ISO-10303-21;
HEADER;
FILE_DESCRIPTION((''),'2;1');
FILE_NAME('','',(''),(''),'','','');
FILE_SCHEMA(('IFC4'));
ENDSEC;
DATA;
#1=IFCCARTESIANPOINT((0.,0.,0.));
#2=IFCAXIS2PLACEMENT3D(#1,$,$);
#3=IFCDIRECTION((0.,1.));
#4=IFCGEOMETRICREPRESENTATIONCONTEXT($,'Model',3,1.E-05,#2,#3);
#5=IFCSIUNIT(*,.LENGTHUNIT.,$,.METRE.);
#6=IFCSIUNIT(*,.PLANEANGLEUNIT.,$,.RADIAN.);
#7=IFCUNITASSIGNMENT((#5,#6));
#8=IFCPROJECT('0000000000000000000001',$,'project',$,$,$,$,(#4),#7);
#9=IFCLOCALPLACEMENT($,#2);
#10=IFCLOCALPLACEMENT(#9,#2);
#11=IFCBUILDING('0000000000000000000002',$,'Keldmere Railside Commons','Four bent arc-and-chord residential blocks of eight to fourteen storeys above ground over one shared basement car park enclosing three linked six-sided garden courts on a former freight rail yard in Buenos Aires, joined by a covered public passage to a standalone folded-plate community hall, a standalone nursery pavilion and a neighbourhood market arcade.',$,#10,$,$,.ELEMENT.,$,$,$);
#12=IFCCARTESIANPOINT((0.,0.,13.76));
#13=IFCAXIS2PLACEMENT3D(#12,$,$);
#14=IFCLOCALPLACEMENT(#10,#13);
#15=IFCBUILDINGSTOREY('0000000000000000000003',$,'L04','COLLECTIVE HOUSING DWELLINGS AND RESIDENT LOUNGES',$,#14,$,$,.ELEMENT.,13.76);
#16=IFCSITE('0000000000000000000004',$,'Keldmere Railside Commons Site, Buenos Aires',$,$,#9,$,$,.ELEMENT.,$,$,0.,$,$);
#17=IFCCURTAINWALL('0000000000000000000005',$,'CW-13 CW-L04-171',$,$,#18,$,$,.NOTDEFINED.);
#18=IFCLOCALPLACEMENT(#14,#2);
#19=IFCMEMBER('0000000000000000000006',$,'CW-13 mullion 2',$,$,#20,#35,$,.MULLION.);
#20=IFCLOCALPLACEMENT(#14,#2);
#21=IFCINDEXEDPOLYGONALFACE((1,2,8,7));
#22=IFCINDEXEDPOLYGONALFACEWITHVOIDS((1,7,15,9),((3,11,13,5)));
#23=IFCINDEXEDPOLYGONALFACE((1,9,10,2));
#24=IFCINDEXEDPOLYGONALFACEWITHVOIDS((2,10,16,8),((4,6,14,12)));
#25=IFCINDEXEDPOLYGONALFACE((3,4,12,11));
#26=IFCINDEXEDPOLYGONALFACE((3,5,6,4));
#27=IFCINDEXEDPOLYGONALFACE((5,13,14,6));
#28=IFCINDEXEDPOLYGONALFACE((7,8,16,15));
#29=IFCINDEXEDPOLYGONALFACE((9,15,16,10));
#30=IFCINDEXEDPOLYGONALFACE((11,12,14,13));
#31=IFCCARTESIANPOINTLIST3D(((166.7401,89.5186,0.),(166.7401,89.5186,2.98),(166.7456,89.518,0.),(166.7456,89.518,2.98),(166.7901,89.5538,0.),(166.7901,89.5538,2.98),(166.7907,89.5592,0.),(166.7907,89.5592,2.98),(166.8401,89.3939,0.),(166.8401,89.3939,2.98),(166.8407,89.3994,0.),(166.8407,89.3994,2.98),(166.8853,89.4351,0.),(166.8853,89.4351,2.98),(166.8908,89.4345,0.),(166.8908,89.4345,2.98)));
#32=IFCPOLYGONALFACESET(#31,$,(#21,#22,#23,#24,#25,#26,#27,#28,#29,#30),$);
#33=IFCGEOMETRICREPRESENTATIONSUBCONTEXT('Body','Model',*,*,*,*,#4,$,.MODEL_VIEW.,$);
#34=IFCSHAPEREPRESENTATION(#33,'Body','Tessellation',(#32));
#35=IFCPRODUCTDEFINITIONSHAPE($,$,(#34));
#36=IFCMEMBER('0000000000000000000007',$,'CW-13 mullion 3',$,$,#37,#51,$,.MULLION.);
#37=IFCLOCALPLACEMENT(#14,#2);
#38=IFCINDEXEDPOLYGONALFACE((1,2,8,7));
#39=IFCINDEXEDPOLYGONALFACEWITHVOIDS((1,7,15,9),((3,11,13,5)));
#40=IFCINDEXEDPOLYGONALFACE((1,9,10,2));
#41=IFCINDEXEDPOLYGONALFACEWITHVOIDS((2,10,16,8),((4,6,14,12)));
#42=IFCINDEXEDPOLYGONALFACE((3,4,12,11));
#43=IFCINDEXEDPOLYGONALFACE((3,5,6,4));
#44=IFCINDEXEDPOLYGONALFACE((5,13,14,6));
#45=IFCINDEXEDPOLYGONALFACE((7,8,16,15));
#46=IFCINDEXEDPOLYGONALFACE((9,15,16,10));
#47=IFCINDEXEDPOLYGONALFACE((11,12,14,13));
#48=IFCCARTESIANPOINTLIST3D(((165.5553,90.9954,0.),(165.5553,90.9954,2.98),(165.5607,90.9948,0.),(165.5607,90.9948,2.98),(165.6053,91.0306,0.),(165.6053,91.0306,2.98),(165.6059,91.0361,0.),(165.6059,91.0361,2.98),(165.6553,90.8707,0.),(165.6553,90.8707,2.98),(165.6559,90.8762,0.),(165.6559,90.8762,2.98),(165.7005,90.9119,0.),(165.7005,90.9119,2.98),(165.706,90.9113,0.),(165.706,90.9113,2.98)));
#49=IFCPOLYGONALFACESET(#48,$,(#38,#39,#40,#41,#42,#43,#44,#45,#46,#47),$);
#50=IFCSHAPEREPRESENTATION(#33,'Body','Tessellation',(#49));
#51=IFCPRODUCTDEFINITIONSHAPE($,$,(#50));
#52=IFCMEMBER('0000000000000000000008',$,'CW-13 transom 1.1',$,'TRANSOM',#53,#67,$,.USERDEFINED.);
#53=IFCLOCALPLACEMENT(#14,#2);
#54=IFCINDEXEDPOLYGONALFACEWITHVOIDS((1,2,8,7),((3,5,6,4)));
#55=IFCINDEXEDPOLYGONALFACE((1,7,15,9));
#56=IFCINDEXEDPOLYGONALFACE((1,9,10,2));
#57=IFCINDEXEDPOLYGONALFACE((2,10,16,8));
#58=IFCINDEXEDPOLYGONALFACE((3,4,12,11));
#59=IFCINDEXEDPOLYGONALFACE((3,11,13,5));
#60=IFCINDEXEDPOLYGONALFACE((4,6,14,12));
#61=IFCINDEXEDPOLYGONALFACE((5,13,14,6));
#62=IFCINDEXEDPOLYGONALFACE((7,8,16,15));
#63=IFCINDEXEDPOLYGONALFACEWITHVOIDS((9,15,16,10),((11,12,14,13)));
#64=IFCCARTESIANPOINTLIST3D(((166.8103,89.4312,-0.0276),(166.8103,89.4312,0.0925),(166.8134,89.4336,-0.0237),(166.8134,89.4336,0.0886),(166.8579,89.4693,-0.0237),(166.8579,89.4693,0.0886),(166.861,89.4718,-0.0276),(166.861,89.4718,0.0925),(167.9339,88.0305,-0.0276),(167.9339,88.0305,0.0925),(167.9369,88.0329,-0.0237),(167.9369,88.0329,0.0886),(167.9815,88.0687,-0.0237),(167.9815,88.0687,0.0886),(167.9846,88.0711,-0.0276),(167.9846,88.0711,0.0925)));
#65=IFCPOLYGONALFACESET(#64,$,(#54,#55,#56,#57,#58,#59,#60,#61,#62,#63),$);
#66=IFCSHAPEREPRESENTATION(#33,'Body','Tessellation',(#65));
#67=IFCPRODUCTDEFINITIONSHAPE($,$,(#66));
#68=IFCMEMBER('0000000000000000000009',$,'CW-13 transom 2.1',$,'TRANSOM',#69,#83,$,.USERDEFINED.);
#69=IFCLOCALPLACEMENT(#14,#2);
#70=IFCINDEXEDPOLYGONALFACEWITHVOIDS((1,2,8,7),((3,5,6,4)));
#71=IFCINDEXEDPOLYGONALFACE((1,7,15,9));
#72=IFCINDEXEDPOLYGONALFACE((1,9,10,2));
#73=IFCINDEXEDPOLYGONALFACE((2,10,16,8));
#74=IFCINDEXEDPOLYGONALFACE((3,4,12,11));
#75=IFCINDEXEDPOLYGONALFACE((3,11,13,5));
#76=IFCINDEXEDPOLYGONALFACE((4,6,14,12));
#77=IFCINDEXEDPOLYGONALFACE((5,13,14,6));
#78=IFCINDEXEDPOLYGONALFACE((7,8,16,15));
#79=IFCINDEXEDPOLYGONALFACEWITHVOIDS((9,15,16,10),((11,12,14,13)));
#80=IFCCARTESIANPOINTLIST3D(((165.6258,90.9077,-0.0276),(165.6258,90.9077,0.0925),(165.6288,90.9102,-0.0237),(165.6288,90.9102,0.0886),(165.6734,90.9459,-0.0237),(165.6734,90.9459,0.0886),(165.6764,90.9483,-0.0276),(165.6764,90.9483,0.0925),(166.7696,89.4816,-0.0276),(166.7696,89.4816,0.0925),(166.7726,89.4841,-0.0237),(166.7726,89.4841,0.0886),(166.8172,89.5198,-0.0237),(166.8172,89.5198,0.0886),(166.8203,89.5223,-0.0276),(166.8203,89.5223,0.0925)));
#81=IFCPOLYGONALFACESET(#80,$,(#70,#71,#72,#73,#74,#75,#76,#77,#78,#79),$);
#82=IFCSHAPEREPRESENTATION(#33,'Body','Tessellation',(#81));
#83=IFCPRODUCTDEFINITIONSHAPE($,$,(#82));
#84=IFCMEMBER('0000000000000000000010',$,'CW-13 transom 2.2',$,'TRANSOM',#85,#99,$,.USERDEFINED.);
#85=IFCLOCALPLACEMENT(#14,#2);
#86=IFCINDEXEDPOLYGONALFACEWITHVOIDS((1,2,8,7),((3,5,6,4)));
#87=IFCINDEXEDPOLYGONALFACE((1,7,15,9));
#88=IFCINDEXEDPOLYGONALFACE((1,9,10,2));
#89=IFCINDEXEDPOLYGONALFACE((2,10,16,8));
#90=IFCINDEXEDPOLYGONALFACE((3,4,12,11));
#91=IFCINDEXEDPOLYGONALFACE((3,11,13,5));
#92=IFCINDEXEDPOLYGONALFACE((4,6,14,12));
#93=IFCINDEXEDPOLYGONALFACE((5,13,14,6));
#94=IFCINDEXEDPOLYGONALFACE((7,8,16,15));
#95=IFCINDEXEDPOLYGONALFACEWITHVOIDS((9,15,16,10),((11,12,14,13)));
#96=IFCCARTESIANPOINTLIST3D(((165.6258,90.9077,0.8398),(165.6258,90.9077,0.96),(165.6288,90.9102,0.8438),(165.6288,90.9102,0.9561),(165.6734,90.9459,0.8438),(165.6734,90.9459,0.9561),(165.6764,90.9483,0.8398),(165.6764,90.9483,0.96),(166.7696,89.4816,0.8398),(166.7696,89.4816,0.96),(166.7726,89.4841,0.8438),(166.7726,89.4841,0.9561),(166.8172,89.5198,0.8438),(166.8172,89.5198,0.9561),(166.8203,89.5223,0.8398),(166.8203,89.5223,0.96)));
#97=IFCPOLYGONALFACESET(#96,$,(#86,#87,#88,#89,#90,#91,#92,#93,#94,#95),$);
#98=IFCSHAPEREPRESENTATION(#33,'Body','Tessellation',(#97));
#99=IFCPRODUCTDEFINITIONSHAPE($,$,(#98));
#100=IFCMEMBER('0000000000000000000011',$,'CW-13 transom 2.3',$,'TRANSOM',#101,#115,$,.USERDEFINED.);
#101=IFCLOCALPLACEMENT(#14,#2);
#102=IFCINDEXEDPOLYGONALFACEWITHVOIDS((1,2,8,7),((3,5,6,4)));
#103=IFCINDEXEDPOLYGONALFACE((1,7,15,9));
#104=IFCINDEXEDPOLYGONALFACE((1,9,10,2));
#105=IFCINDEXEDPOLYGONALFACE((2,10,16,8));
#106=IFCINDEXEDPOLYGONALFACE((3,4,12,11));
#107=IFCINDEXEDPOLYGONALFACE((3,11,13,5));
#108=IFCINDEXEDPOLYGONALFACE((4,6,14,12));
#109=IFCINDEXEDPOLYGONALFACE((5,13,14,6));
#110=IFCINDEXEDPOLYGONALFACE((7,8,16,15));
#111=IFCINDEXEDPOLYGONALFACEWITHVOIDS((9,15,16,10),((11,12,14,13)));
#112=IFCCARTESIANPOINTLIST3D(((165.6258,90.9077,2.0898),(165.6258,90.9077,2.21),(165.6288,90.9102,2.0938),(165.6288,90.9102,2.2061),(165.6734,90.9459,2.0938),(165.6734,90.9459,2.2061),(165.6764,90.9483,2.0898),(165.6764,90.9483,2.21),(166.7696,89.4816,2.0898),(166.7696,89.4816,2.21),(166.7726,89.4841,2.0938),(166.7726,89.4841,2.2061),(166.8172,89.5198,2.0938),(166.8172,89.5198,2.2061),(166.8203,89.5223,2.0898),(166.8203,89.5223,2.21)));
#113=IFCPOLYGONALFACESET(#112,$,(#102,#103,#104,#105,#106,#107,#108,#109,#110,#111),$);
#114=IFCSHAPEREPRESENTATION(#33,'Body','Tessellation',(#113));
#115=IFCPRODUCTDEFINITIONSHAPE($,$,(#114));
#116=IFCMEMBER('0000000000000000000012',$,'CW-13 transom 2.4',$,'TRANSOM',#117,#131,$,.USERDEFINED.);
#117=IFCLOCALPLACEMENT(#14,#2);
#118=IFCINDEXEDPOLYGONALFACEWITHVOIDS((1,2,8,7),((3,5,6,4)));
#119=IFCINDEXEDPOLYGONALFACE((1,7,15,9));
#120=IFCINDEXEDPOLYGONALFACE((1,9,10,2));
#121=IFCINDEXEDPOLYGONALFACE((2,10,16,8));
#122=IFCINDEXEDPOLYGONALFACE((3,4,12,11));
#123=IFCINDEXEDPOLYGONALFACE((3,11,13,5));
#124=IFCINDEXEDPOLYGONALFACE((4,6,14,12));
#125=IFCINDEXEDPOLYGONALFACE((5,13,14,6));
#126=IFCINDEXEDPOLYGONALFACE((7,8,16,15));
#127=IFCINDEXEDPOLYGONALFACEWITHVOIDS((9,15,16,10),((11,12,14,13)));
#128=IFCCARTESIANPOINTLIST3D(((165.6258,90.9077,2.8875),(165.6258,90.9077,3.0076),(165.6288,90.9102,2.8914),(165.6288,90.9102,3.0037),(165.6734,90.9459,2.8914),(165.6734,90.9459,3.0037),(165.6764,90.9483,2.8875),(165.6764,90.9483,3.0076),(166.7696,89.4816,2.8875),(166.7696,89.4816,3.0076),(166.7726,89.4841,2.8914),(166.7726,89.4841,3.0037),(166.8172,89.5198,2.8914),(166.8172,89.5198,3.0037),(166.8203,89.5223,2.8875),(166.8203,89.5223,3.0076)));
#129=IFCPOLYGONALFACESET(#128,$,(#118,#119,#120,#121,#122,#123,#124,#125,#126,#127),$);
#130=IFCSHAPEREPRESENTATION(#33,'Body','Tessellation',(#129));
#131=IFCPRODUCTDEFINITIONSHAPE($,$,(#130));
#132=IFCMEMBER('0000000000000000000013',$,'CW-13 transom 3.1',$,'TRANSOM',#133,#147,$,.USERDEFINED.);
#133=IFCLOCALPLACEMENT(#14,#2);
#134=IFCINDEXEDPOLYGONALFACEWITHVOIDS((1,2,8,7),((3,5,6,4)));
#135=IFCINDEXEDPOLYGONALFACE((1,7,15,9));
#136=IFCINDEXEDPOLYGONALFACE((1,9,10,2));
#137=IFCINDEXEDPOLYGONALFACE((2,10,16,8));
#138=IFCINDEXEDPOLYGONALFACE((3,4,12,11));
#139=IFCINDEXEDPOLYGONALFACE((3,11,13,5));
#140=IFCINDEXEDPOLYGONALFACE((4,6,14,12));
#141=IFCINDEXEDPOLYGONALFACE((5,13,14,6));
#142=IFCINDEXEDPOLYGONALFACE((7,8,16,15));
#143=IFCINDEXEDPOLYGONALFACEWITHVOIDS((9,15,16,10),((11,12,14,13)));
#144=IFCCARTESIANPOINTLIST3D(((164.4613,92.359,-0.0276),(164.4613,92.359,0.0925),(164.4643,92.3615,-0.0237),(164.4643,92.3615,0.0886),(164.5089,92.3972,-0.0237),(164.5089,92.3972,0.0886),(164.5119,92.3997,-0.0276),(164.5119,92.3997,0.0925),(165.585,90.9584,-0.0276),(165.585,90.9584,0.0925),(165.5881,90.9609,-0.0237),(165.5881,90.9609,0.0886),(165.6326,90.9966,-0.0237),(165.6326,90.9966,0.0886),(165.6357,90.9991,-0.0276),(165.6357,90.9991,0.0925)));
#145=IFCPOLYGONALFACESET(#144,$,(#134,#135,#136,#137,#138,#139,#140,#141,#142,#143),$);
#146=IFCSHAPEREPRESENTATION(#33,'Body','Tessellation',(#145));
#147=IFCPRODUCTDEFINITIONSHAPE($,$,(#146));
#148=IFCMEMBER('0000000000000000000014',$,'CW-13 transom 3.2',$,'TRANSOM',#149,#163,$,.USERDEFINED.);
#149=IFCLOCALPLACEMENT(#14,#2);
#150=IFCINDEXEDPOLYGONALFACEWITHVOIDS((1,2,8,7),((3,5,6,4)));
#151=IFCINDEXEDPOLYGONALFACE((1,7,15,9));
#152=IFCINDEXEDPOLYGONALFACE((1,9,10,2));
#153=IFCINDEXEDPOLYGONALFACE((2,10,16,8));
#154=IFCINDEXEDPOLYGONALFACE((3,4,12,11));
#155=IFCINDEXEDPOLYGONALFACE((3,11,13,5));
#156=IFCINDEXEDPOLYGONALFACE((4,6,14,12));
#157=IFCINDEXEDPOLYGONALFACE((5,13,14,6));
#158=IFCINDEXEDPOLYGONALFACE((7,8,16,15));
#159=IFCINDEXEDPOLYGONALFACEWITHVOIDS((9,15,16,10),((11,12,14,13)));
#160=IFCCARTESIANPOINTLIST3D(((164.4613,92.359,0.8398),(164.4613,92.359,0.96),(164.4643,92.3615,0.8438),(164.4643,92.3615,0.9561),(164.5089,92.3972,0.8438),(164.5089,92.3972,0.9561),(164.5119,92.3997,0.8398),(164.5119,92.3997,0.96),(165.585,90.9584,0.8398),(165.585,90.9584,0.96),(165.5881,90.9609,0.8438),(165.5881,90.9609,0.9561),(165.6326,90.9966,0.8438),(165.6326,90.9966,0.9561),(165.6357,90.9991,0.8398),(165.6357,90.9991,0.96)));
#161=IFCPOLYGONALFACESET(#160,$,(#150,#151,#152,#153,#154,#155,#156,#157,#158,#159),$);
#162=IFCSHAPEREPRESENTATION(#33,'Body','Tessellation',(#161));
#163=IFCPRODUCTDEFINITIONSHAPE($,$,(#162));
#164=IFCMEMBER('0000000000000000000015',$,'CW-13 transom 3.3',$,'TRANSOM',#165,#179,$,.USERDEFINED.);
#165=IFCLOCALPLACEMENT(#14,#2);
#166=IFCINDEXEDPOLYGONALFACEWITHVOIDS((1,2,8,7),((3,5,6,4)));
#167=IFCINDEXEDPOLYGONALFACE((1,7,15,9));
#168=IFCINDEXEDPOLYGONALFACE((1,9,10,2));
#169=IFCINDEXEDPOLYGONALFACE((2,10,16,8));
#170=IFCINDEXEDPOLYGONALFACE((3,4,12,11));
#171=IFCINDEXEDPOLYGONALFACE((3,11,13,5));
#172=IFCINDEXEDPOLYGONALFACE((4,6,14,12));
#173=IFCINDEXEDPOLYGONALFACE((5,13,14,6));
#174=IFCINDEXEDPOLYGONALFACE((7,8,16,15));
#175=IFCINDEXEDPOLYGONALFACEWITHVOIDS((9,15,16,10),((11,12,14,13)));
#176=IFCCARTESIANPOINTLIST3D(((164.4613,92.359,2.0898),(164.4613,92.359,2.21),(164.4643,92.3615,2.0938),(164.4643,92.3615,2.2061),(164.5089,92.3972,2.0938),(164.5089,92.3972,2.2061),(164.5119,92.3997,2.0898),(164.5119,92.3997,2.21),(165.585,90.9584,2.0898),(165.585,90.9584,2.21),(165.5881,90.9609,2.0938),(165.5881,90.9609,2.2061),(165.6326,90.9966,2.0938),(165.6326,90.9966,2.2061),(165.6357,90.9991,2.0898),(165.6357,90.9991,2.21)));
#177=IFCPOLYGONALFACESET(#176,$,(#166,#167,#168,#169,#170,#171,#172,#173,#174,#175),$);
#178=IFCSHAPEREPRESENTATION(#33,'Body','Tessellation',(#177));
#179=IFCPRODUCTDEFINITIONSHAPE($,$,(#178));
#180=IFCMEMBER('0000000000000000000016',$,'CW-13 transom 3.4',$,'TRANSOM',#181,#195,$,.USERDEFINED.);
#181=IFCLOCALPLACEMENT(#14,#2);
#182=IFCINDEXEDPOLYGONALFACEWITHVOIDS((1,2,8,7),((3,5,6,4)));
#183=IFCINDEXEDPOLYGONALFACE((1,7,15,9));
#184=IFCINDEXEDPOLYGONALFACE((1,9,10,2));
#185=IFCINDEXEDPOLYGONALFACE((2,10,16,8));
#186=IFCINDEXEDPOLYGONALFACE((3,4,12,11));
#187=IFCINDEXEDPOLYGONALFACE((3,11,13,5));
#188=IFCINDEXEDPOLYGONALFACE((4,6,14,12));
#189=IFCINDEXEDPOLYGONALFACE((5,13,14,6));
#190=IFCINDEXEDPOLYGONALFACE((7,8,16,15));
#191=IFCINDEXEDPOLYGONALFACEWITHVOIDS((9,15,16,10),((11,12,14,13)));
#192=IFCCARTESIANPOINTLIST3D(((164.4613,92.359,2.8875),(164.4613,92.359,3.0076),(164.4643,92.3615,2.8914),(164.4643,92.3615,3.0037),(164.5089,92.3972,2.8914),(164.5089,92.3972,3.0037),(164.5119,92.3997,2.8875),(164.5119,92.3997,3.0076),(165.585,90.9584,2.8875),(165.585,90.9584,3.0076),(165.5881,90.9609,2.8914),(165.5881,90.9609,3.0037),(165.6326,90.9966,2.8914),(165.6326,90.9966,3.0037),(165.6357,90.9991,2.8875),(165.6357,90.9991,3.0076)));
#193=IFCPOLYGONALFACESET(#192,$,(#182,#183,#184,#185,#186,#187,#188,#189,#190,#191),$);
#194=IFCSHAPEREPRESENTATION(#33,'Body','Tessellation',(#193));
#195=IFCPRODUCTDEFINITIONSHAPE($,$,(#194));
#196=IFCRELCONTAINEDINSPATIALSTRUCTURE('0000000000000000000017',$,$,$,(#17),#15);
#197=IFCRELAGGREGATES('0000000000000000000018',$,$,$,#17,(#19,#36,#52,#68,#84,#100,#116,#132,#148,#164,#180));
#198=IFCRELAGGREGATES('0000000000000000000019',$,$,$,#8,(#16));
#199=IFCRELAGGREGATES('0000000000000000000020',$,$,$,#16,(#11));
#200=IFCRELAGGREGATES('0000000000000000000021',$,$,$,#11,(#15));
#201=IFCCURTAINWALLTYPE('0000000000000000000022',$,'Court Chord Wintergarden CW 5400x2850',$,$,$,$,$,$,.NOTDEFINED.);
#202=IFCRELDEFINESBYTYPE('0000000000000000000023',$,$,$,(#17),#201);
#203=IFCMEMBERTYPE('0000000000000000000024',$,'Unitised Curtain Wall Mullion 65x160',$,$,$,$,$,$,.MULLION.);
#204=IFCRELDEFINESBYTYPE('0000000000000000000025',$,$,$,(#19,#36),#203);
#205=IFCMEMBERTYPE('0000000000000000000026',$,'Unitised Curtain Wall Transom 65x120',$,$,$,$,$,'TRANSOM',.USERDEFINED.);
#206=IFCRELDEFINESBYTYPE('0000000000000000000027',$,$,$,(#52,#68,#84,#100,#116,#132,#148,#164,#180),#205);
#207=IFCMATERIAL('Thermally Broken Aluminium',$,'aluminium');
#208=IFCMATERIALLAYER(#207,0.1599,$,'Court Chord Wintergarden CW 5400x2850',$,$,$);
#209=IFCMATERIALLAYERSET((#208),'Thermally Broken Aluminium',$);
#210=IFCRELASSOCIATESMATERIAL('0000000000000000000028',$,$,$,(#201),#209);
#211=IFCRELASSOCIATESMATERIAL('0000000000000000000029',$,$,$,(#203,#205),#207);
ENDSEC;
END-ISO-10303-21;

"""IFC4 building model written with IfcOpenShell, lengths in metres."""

from ifc_helpers import new_model, si_unit, direction, frame, origin, origin_2d, place, context, subcontext, project, spatial, hollow_rectangle, extrude, material, layer, layer_set, material_profile, profile_set, type_object, element, aggregate, save


model = new_model("IFC4")

# Units and contexts
model_context = context("Model", 3, precision=1e-05, world=origin(), true_north=direction((0.0, 1.0)))
body_context = subcontext(model_context, "Body", "Model", "MODEL_VIEW")
ifc_project = project(units=[si_unit("LENGTHUNIT", "METRE"), si_unit("PLANEANGLEUNIT", "RADIAN")], contexts=[model_context])

# Site, building, storey
site_placement = place(None, origin())
site = spatial("IfcSite", under=ifc_project, at=site_placement, Name="Keldmere Railside Commons Site, Buenos Aires", CompositionType="ELEMENT", RefElevation=0.0)
building_placement = place(site_placement, origin())
building = spatial("IfcBuilding", under=site, at=building_placement, Name="Keldmere Railside Commons", Description="Four bent arc-and-chord residential blocks of eight to fourteen storeys above ground over one shared basement car park enclosing three linked six-sided garden courts on a former freight rail yard in Buenos Aires, joined by a covered public passage to a standalone folded-plate community hall, a standalone nursery pavilion and a neighbourhood market arcade.", CompositionType="ELEMENT")
storey_placement = place(building_placement, frame((0.0, 0.0, 13.76)))
storey = spatial("IfcBuildingStorey", under=building, at=storey_placement, Name="L04", Description="COLLECTIVE HOUSING DWELLINGS AND RESIDENT LOUNGES", CompositionType="ELEMENT", Elevation=13.76)

# Curtain wall, members
ifc_material_1 = material(Name="Thermally Broken Aluminium", Category="aluminium")
ifc_layer_1 = layer(ifc_material_1, 0.1599, Name="Court Chord Wintergarden CW 5400x2850")
ifc_layer_set_1 = layer_set([ifc_layer_1], Name="Thermally Broken Aluminium")
curtain_wall_type = type_object("IfcCurtainWallType", Name="Court Chord Wintergarden CW 5400x2850", PredefinedType="NOTDEFINED", material=ifc_layer_set_1)
curtain_wall_placement = place(storey_placement, origin())
curtain_wall = element("IfcCurtainWall", 1, at=curtain_wall_placement, inside=storey, type_object=curtain_wall_type, Name="CW-13 CW-L04-171", PredefinedType="NOTDEFINED")
ifc_material_profile_1 = material_profile(ifc_material_1, hollow_rectangle(XDim=0.0649, YDim=0.1599, WallThickness=0.0039, at=origin_2d()), Name="ALU-MULL-65x160")
ifc_profile_set_1 = profile_set([ifc_material_profile_1], Name="Thermally Broken Aluminium")
member_type_1 = type_object("IfcMemberType", Name="Unitised Curtain Wall Mullion 65x160", PredefinedType="MULLION", material=ifc_profile_set_1)
member_1_placement = place(storey_placement, frame((166.8154, 89.4766, 0.0), z_axis=(0.0, 0.0, 1.0), x_axis=(-0.780009, -0.625768, 0.0)))
member_1 = element("IfcMember", 2, at=member_1_placement, type_object=member_type_1, Name="CW-13 mullion 2", PredefinedType="MULLION", context=body_context, shape_type="SweptSolid", body=[
    extrude(hollow_rectangle(XDim=0.0649, YDim=0.1599, WallThickness=0.0039, at=origin_2d()), origin(), (0.0, 0.0, 1.0), 2.98),
])
member_2_placement = place(storey_placement, frame((165.6306, 90.9534, 0.0), z_axis=(0.0, 0.0, 1.0), x_axis=(-0.780009, -0.625768, 0.0)))
member_2 = element("IfcMember", 3, at=member_2_placement, type_object=member_type_1, Name="CW-13 mullion 3", PredefinedType="MULLION", context=body_context, shape_type="SweptSolid", body=[
    extrude(hollow_rectangle(XDim=0.0649, YDim=0.1599, WallThickness=0.0039, at=origin_2d()), origin(), (0.0, 0.0, 1.0), 2.98),
])
ifc_material_profile_2 = material_profile(ifc_material_1, hollow_rectangle(XDim=0.0649, YDim=0.1201, WallThickness=0.0039, at=origin_2d()), Name="ALU-TRAN-65x120")
ifc_profile_set_2 = profile_set([ifc_material_profile_2], Name="Thermally Broken Aluminium")
member_type_2 = type_object("IfcMemberType", Name="Unitised Curtain Wall Transom 65x120", ElementType="TRANSOM", PredefinedType="USERDEFINED", material=ifc_profile_set_2)
member_3_placement = place(storey_placement, frame((167.9592, 88.0508, 0.0325), z_axis=(-0.625723, 0.780046, 0.0), x_axis=(-0.780046, -0.625723, 0.0)))
member_3 = element("IfcMember", 4, at=member_3_placement, type_object=member_type_2, Name="CW-13 transom 1.1", ObjectType="TRANSOM", PredefinedType="USERDEFINED", context=body_context, shape_type="SweptSolid", body=[
    extrude(hollow_rectangle(XDim=0.0649, YDim=0.1201, WallThickness=0.0039, at=origin_2d()), origin(), (0.0, 0.0, 1.0), 1.7957),
])
member_4_placement = place(storey_placement, frame((166.7949, 89.502, 0.0325), z_axis=(-0.625688, 0.780073, 0.0), x_axis=(-0.780073, -0.625688, 0.0)))
member_4 = element("IfcMember", 5, at=member_4_placement, type_object=member_type_2, Name="CW-13 transom 2.1", ObjectType="TRANSOM", PredefinedType="USERDEFINED", context=body_context, shape_type="SweptSolid", body=[
    extrude(hollow_rectangle(XDim=0.0649, YDim=0.1201, WallThickness=0.0039, at=origin_2d()), origin(), (0.0, 0.0, 1.0), 1.8281),
])
member_5_placement = place(storey_placement, frame((166.7949, 89.502, 0.8999), z_axis=(-0.625688, 0.780073, 0.0), x_axis=(-0.780073, -0.625688, 0.0)))
member_5 = element("IfcMember", 6, at=member_5_placement, type_object=member_type_2, Name="CW-13 transom 2.2", ObjectType="TRANSOM", PredefinedType="USERDEFINED", context=body_context, shape_type="SweptSolid", body=[
    extrude(hollow_rectangle(XDim=0.0649, YDim=0.1201, WallThickness=0.0039, at=origin_2d()), origin(), (0.0, 0.0, 1.0), 1.8281),
])
member_6_placement = place(storey_placement, frame((166.7949, 89.502, 2.1499), z_axis=(-0.625688, 0.780073, 0.0), x_axis=(-0.780073, -0.625688, 0.0)))
member_6 = element("IfcMember", 7, at=member_6_placement, type_object=member_type_2, Name="CW-13 transom 2.3", ObjectType="TRANSOM", PredefinedType="USERDEFINED", context=body_context, shape_type="SweptSolid", body=[
    extrude(hollow_rectangle(XDim=0.0649, YDim=0.1201, WallThickness=0.0039, at=origin_2d()), origin(), (0.0, 0.0, 1.0), 1.8281),
])
member_7_placement = place(storey_placement, frame((166.7949, 89.502, 2.9475), z_axis=(-0.625688, 0.780073, 0.0), x_axis=(-0.780073, -0.625688, 0.0)))
member_7 = element("IfcMember", 8, at=member_7_placement, type_object=member_type_2, Name="CW-13 transom 2.4", ObjectType="TRANSOM", PredefinedType="USERDEFINED", context=body_context, shape_type="SweptSolid", body=[
    extrude(hollow_rectangle(XDim=0.0649, YDim=0.1201, WallThickness=0.0039, at=origin_2d()), origin(), (0.0, 0.0, 1.0), 1.8281),
])
member_8_placement = place(storey_placement, frame((165.6104, 90.9788, 0.0325), z_axis=(-0.625805, 0.779979, 0.0), x_axis=(-0.779979, -0.625805, 0.0)))
member_8 = element("IfcMember", 9, at=member_8_placement, type_object=member_type_2, Name="CW-13 transom 3.1", ObjectType="TRANSOM", PredefinedType="USERDEFINED", context=body_context, shape_type="SweptSolid", body=[
    extrude(hollow_rectangle(XDim=0.0649, YDim=0.1201, WallThickness=0.0039, at=origin_2d()), origin(), (0.0, 0.0, 1.0), 1.7957),
])
member_9_placement = place(storey_placement, frame((165.6104, 90.9788, 0.8999), z_axis=(-0.625805, 0.779979, 0.0), x_axis=(-0.779979, -0.625805, 0.0)))
member_9 = element("IfcMember", 10, at=member_9_placement, type_object=member_type_2, Name="CW-13 transom 3.2", ObjectType="TRANSOM", PredefinedType="USERDEFINED", context=body_context, shape_type="SweptSolid", body=[
    extrude(hollow_rectangle(XDim=0.0649, YDim=0.1201, WallThickness=0.0039, at=origin_2d()), origin(), (0.0, 0.0, 1.0), 1.7957),
])
member_10_placement = place(storey_placement, frame((165.6104, 90.9788, 2.1499), z_axis=(-0.625805, 0.779979, 0.0), x_axis=(-0.779979, -0.625805, 0.0)))
member_10 = element("IfcMember", 11, at=member_10_placement, type_object=member_type_2, Name="CW-13 transom 3.3", ObjectType="TRANSOM", PredefinedType="USERDEFINED", context=body_context, shape_type="SweptSolid", body=[
    extrude(hollow_rectangle(XDim=0.0649, YDim=0.1201, WallThickness=0.0039, at=origin_2d()), origin(), (0.0, 0.0, 1.0), 1.7957),
])
member_11_placement = place(storey_placement, frame((165.6104, 90.9788, 2.9475), z_axis=(-0.625805, 0.779979, 0.0), x_axis=(-0.779979, -0.625805, 0.0)))
member_11 = element("IfcMember", 12, at=member_11_placement, type_object=member_type_2, Name="CW-13 transom 3.4", ObjectType="TRANSOM", PredefinedType="USERDEFINED", context=body_context, shape_type="SweptSolid", body=[
    extrude(hollow_rectangle(XDim=0.0649, YDim=0.1201, WallThickness=0.0039, at=origin_2d()), origin(), (0.0, 0.0, 1.0), 1.7957),
])
aggregate(curtain_wall, [member_1, member_2, member_3, member_4, member_5, member_6, member_7, member_8, member_9, member_10, member_11])

save(model, "model.ifc")
